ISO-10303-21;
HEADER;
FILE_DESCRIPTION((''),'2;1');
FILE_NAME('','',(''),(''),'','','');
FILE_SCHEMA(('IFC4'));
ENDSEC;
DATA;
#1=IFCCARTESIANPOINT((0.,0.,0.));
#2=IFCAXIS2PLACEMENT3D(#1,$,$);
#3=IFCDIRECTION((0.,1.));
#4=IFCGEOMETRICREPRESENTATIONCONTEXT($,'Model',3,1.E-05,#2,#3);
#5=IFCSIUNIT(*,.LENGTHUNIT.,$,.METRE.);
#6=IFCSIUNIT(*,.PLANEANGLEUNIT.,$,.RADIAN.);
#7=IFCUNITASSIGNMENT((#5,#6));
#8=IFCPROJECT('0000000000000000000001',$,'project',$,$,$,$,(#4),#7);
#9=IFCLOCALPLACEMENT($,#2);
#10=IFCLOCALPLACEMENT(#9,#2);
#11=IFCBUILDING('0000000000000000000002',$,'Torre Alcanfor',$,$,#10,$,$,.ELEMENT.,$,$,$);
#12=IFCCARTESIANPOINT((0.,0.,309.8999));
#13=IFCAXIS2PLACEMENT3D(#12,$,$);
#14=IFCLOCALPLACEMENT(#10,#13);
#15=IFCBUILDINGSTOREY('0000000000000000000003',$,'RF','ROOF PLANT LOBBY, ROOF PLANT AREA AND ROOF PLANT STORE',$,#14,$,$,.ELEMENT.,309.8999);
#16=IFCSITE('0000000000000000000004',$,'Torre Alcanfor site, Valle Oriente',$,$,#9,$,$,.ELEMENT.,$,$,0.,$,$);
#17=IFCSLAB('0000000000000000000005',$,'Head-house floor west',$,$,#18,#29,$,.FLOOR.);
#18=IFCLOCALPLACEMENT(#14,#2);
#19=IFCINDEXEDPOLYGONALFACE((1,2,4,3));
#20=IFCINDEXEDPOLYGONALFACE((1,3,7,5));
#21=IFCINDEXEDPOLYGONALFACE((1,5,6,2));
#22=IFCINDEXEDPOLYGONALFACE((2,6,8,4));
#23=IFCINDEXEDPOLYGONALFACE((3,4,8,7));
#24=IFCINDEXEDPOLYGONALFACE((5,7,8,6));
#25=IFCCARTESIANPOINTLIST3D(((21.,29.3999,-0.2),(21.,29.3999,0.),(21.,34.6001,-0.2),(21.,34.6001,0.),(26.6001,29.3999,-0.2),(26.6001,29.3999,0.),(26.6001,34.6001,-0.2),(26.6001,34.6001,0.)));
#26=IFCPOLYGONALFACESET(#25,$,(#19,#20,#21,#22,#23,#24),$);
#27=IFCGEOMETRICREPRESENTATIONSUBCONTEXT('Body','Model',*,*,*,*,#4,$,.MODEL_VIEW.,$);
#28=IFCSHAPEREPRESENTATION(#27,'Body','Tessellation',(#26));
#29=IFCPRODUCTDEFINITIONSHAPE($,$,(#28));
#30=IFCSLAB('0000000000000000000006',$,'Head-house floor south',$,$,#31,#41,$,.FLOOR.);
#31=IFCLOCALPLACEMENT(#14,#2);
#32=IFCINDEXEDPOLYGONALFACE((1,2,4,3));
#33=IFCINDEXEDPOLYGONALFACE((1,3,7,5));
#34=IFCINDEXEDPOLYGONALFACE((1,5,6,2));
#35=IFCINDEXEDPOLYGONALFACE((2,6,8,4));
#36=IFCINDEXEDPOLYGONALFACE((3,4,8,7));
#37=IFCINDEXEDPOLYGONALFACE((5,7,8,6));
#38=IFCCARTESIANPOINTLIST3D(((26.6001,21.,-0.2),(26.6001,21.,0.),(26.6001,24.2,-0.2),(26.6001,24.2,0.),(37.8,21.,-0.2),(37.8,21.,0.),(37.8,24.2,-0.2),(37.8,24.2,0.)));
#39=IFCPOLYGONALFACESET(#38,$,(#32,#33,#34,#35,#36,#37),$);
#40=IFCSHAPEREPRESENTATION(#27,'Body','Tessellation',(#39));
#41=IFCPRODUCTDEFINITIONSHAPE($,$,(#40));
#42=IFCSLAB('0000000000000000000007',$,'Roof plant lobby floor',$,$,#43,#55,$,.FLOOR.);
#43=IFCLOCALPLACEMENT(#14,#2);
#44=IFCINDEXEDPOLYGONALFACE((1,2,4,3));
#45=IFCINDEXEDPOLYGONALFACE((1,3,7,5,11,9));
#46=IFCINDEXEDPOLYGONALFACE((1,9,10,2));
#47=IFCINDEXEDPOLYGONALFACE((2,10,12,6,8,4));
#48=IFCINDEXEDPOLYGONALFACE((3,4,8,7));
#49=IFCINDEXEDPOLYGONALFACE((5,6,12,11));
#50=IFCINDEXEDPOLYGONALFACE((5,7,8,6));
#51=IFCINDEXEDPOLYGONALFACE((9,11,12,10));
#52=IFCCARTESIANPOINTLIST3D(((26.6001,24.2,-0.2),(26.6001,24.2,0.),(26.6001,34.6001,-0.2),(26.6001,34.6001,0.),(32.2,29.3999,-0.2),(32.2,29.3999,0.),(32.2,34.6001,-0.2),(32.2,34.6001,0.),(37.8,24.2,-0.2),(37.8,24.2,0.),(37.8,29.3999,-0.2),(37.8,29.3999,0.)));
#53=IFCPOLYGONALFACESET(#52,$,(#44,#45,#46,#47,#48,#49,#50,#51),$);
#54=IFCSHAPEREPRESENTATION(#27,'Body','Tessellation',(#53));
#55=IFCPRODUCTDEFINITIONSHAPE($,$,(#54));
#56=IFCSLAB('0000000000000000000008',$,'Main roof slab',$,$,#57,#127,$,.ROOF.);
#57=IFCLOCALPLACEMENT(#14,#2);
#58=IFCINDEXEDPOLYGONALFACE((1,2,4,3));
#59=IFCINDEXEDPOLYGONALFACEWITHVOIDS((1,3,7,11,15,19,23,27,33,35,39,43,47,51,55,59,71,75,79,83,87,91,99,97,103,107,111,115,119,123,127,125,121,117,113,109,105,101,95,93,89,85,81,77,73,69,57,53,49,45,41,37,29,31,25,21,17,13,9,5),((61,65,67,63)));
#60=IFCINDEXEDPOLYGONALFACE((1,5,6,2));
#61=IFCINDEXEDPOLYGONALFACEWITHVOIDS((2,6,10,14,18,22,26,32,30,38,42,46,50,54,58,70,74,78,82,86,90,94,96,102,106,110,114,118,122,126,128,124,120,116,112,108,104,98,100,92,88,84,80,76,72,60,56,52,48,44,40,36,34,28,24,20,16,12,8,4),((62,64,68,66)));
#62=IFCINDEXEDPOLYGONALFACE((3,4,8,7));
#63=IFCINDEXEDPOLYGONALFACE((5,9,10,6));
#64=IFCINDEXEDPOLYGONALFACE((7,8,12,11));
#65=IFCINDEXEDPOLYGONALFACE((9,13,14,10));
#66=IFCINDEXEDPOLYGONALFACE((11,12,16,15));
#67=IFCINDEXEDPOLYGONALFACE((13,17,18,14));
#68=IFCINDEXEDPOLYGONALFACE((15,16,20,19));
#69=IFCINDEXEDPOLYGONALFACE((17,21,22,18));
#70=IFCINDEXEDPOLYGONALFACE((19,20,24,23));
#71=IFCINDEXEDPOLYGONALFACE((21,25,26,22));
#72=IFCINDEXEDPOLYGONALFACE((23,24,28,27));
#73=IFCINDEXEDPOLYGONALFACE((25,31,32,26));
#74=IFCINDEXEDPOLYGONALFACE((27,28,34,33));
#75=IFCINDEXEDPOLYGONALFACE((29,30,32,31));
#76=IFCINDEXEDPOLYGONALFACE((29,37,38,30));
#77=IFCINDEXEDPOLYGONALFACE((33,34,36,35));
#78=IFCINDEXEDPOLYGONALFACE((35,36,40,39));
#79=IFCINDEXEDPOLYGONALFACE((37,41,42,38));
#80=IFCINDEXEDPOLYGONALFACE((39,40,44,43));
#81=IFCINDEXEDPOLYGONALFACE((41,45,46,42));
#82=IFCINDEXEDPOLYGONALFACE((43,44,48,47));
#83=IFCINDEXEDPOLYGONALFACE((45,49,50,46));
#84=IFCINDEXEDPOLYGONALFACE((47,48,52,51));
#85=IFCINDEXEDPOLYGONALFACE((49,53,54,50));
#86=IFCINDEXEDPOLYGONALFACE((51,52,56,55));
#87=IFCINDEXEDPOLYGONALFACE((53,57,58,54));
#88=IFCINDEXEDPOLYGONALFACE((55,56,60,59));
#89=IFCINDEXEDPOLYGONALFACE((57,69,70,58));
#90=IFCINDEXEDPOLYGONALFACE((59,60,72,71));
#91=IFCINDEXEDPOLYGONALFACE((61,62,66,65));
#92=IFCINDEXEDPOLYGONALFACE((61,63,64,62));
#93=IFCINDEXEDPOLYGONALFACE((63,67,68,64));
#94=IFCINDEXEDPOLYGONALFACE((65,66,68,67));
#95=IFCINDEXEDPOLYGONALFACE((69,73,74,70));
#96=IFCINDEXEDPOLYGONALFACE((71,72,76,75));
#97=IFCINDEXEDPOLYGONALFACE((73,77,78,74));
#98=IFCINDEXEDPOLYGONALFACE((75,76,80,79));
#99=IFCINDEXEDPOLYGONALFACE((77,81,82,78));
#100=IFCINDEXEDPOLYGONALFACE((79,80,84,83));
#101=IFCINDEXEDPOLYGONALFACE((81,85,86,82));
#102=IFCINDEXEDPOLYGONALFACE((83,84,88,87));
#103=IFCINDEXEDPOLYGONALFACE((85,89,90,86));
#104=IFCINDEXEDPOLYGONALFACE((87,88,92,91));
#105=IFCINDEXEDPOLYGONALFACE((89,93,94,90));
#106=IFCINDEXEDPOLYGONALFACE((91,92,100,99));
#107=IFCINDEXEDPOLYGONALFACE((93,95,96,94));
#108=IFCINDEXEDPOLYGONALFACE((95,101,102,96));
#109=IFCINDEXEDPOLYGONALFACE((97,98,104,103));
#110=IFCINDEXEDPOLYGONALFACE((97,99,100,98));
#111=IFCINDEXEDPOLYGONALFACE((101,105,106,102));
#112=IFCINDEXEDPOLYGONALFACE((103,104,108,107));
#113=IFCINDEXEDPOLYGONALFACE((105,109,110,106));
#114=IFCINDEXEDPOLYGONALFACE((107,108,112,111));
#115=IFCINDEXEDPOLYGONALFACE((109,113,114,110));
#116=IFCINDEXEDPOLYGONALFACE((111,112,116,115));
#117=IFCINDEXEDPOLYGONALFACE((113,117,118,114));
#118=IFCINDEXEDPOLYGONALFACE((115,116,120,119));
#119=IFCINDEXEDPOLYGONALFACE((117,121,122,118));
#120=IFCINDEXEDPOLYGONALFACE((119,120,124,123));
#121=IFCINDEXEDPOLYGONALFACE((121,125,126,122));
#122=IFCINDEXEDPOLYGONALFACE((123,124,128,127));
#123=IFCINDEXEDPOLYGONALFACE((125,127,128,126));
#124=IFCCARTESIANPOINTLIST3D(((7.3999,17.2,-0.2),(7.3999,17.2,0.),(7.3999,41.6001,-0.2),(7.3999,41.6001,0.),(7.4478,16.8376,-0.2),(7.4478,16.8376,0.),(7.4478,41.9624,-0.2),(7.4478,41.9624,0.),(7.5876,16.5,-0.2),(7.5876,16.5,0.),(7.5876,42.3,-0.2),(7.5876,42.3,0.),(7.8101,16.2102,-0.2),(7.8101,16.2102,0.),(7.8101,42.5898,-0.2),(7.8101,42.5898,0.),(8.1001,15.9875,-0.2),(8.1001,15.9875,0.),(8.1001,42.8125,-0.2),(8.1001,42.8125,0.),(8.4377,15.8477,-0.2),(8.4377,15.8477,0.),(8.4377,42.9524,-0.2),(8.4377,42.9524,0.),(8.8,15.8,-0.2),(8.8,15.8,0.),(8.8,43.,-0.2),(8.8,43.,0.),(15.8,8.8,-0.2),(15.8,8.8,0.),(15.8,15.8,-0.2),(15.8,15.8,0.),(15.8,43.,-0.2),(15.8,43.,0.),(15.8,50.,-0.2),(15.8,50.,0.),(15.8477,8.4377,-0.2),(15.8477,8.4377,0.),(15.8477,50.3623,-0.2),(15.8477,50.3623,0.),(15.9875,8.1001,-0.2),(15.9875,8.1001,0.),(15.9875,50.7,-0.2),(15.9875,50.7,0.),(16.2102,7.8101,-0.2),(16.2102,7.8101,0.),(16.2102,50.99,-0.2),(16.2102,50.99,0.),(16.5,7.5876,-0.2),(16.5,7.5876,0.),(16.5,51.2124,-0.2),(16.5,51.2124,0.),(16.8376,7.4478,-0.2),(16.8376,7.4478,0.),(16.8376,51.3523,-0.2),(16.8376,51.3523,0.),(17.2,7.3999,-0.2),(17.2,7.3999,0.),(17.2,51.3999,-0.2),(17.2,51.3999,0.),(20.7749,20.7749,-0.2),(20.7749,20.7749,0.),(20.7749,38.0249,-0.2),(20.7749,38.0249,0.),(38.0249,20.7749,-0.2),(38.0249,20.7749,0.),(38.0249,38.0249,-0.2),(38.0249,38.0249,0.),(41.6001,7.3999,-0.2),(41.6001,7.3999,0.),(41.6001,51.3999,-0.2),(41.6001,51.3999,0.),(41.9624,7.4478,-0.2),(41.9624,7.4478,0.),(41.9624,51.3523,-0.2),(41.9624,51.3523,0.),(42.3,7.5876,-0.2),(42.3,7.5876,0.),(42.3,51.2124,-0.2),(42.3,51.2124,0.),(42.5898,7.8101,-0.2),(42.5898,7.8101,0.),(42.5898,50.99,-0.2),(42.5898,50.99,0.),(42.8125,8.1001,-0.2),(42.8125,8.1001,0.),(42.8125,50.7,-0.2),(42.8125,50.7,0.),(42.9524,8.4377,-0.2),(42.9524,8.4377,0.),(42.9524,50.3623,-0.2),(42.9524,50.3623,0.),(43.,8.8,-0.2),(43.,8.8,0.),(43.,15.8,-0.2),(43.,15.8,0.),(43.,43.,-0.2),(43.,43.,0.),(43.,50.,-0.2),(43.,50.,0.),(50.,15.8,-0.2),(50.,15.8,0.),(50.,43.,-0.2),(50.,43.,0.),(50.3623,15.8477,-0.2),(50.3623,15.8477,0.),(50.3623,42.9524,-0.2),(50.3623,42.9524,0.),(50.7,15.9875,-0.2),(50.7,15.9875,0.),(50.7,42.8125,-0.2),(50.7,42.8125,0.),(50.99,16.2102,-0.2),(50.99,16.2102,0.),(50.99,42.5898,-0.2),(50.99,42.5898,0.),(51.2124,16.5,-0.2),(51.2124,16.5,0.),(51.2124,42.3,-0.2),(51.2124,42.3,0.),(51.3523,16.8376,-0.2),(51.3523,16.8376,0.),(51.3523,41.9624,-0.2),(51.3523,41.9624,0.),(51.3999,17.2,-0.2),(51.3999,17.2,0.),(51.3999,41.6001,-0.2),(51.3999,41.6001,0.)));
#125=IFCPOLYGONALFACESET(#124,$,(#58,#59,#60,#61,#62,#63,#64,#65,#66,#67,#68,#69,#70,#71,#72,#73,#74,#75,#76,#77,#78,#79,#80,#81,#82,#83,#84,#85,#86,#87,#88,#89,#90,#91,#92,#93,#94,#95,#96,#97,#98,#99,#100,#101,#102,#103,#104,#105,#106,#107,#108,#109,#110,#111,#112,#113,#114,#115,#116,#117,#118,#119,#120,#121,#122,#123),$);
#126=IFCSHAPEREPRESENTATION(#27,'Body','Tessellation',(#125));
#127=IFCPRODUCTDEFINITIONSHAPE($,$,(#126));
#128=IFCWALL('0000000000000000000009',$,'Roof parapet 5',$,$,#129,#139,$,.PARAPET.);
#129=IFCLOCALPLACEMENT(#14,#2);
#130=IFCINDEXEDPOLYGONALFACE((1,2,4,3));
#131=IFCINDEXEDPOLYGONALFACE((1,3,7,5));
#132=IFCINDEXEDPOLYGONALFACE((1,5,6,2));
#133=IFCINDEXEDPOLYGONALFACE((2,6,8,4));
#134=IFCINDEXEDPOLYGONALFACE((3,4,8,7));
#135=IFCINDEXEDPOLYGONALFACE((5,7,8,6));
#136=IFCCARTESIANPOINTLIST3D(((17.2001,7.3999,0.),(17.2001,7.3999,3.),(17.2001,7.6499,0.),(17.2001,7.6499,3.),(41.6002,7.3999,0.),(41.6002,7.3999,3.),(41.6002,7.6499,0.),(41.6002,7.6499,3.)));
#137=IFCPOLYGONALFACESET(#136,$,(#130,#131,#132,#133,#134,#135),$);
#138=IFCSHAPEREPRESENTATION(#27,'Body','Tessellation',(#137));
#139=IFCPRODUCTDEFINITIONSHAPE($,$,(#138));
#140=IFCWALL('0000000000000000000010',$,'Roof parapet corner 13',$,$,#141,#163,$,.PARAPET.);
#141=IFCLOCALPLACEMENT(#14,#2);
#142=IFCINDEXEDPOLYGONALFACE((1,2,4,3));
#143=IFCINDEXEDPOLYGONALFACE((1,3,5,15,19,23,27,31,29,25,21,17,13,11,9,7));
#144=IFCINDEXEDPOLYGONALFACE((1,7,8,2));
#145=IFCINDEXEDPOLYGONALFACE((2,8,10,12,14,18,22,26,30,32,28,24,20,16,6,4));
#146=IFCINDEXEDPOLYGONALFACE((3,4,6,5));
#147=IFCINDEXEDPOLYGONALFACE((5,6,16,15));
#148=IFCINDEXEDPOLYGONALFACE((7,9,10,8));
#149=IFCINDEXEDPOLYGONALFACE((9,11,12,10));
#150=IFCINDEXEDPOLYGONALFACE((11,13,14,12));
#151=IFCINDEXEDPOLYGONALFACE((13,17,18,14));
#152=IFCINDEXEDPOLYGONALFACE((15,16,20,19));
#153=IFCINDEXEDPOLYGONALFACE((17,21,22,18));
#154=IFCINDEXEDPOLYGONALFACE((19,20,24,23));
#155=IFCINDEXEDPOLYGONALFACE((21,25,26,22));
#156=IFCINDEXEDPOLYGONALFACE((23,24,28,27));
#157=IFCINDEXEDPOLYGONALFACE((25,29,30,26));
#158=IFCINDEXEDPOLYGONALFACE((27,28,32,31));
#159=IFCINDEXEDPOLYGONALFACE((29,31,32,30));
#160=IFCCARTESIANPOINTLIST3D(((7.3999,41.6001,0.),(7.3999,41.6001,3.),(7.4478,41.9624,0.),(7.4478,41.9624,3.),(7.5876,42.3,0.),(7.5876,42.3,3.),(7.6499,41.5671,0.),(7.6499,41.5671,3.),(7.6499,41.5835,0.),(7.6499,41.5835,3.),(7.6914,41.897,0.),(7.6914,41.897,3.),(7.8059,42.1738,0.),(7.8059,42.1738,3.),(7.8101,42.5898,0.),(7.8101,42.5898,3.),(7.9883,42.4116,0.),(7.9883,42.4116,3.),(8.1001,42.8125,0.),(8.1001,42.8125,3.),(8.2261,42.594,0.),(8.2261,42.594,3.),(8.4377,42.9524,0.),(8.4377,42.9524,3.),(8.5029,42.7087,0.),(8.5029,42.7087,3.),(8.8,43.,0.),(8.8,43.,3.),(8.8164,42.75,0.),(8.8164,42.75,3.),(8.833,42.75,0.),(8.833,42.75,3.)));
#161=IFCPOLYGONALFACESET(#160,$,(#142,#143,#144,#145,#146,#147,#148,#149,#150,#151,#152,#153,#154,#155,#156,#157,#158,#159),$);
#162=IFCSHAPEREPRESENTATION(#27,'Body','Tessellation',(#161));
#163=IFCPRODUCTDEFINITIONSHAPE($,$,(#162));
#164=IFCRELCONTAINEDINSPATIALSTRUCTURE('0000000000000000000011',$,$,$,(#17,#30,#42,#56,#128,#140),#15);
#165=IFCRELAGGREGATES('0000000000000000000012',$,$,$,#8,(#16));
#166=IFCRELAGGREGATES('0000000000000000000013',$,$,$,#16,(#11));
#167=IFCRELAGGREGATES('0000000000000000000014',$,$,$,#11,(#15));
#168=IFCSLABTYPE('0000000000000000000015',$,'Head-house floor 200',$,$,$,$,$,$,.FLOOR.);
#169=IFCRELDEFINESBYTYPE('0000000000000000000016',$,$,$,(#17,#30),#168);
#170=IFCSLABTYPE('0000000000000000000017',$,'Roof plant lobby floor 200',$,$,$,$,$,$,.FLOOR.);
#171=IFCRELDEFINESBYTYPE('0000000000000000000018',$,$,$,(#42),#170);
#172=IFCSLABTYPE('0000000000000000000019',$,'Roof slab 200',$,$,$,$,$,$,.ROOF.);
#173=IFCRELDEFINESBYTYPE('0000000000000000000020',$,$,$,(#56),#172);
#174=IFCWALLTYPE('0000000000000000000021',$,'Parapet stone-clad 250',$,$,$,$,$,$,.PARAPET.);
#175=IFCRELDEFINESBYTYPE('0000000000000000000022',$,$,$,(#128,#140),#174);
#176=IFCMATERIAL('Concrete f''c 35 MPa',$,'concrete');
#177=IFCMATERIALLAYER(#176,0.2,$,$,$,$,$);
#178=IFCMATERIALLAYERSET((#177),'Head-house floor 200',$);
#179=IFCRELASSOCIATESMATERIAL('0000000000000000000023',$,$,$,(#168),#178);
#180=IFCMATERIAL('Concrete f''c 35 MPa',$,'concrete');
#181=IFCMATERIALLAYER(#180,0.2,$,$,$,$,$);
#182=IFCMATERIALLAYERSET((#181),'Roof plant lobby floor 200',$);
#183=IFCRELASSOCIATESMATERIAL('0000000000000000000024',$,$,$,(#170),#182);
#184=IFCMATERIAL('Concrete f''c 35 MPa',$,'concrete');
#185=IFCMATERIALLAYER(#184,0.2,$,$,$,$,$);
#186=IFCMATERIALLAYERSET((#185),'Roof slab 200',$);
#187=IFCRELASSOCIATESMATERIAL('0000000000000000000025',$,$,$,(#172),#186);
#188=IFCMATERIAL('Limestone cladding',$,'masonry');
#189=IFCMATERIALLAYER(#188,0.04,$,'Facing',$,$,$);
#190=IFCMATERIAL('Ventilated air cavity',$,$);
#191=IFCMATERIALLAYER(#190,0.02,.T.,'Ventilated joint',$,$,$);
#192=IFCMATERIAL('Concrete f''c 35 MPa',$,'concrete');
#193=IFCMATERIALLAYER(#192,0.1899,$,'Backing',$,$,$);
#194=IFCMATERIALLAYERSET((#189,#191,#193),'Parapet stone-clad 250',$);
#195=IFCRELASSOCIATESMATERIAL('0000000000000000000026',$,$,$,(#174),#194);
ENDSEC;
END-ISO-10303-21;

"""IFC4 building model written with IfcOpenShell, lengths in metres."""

from ifc_helpers import new_model, si_unit, direction, frame, frame_2d, origin, place, context, subcontext, project, spatial, polyline, rectangle, outline, extrude, material, layer, layer_set, type_object, element, save


model = new_model("IFC4")

# Units and contexts
model_context = context("Model", 3, precision=1e-05, world=origin(), true_north=direction((0.0, 1.0)))
body_context = subcontext(model_context, "Body", "Model", "MODEL_VIEW")
ifc_project = project(units=[si_unit("LENGTHUNIT", "METRE"), si_unit("PLANEANGLEUNIT", "RADIAN")], contexts=[model_context])

# Site, building, storey
site_placement = place(None, origin())
site = spatial("IfcSite", under=ifc_project, at=site_placement, Name="Torre Alcanfor site, Valle Oriente", CompositionType="ELEMENT", RefElevation=0.0)
building_placement = place(site_placement, origin())
building = spatial("IfcBuilding", under=site, at=building_placement, Name="Torre Alcanfor", CompositionType="ELEMENT")
storey_placement = place(building_placement, frame((0.0, 0.0, 309.8999)))
storey = spatial("IfcBuildingStorey", under=building, at=storey_placement, Name="RF", Description="ROOF PLANT LOBBY, ROOF PLANT AREA AND ROOF PLANT STORE", CompositionType="ELEMENT", Elevation=309.8999)

# Slabs
ifc_material_1 = material(Name="Concrete f'c 35 MPa", Category="concrete")
ifc_layer_1 = layer(ifc_material_1, 0.2)
ifc_layer_set_1 = layer_set([ifc_layer_1], Name="Head-house floor 200")
slab_type_1 = type_object("IfcSlabType", Name="Head-house floor 200", PredefinedType="FLOOR", material=ifc_layer_set_1)
slab_1_placement = place(storey_placement, frame((0.0, 0.0, -0.2)))
element("IfcSlab", 1, at=slab_1_placement, inside=storey, type_object=slab_type_1, Name="Head-house floor west", PredefinedType="FLOOR", context=body_context, shape_type="SweptSolid", body=[
    extrude(outline(polyline([(21.0, 29.3999), (26.6001, 29.3999), (26.6001, 34.6001), (21.0, 34.6001), (21.0, 29.3999)])), origin(), (0.0, 0.0, 1.0), 0.2),
])
slab_2_placement = place(storey_placement, frame((0.0, 0.0, -0.2)))
element("IfcSlab", 2, at=slab_2_placement, inside=storey, type_object=slab_type_1, Name="Head-house floor south", PredefinedType="FLOOR", context=body_context, shape_type="SweptSolid", body=[
    extrude(outline(polyline([(26.6001, 21.0), (37.8, 21.0), (37.8, 24.2), (26.6001, 24.2), (26.6001, 21.0)])), origin(), (0.0, 0.0, 1.0), 0.2),
])
ifc_material_2 = material(Name="Concrete f'c 35 MPa", Category="concrete")
ifc_layer_2 = layer(ifc_material_2, 0.2)
ifc_layer_set_2 = layer_set([ifc_layer_2], Name="Roof plant lobby floor 200")
slab_type_2 = type_object("IfcSlabType", Name="Roof plant lobby floor 200", PredefinedType="FLOOR", material=ifc_layer_set_2)
slab_3_placement = place(storey_placement, frame((0.0, 0.0, -0.2)))
element("IfcSlab", 3, at=slab_3_placement, inside=storey, type_object=slab_type_2, Name="Roof plant lobby floor", PredefinedType="FLOOR", context=body_context, shape_type="SweptSolid", body=[
    extrude(outline(polyline([(37.8, 29.3999), (37.8, 24.2), (26.6001, 24.2), (26.6001, 34.6001), (32.2, 34.6001), (32.2, 29.3999), (37.8, 29.3999)])), origin(), (0.0, 0.0, 1.0), 0.2),
])
ifc_material_3 = material(Name="Concrete f'c 35 MPa", Category="concrete")
ifc_layer_3 = layer(ifc_material_3, 0.2)
ifc_layer_set_3 = layer_set([ifc_layer_3], Name="Roof slab 200")
slab_type_3 = type_object("IfcSlabType", Name="Roof slab 200", PredefinedType="ROOF", material=ifc_layer_set_3)
slab_4_placement = place(storey_placement, frame((0.0, 0.0, -0.2)))
element("IfcSlab", 4, at=slab_4_placement, inside=storey, type_object=slab_type_3, Name="Main roof slab", PredefinedType="ROOF", context=body_context, shape_type="SweptSolid", body=[
    extrude(outline(polyline([(15.8, 43.0), (8.8, 43.0), (8.4377, 42.9524), (8.1001, 42.8125), (7.8101, 42.5898), (7.5876, 42.3), (7.4478, 41.9624), (7.3999, 41.6001), (7.3999, 17.2), (7.4478, 16.8376), (7.5876, 16.5), (7.8101, 16.2102), (8.1001, 15.9875), (8.4377, 15.8477), (8.8, 15.8), (15.8, 15.8), (15.8, 8.8), (15.8477, 8.4377), (15.9875, 8.1001), (16.2102, 7.8101), (16.5, 7.5876), (16.8376, 7.4478), (17.2, 7.3999), (41.6001, 7.3999), (41.9624, 7.4478), (42.3, 7.5876), (42.5898, 7.8101), (42.8125, 8.1001), (42.9524, 8.4377), (43.0, 8.8), (43.0, 15.8), (50.0, 15.8), (50.3623, 15.8477), (50.7, 15.9875), (50.99, 16.2102), (51.2124, 16.5), (51.3523, 16.8376), (51.3999, 17.2), (51.3999, 41.6001), (51.3523, 41.9624), (51.2124, 42.3), (50.99, 42.5898), (50.7, 42.8125), (50.3623, 42.9524), (50.0, 43.0), (43.0, 43.0), (43.0, 50.0), (42.9524, 50.3623), (42.8125, 50.7), (42.5898, 50.99), (42.3, 51.2124), (41.9624, 51.3523), (41.6001, 51.3999), (17.2, 51.3999), (16.8376, 51.3523), (16.5, 51.2124), (16.2102, 50.99), (15.9875, 50.7), (15.8477, 50.3623), (15.8, 50.0), (15.8, 43.0)]), holes=[polyline([(20.7749, 20.7749), (38.0249, 20.7749), (38.0249, 38.0249), (20.7749, 38.0249), (20.7749, 20.7749)])]), origin(), (0.0, 0.0, 1.0), 0.2),
])

# Walls
ifc_material_4 = material(Name="Limestone cladding", Category="masonry")
ifc_layer_4 = layer(ifc_material_4, 0.04, Name="Facing")
ifc_material_5 = material(Name="Ventilated air cavity")
ifc_layer_5 = layer(ifc_material_5, 0.02, ventilated=True, Name="Ventilated joint")
ifc_material_6 = material(Name="Concrete f'c 35 MPa", Category="concrete")
ifc_layer_6 = layer(ifc_material_6, 0.1899, Name="Backing")
ifc_layer_set_4 = layer_set([ifc_layer_4, ifc_layer_5, ifc_layer_6], Name="Parapet stone-clad 250")
wall_type = type_object("IfcWallType", Name="Parapet stone-clad 250", PredefinedType="PARAPET", material=ifc_layer_set_4)
wall_1_placement = place(storey_placement, frame((17.2, 7.5249, 0.0), z_axis=(0.0, 0.0, 1.0), x_axis=(1.0, 0.0, 0.0)))
element("IfcWall", 5, at=wall_1_placement, inside=storey, type_object=wall_type, Name="Roof parapet 5", PredefinedType="PARAPET", context=body_context, shape_type="SweptSolid", body=[
    extrude(rectangle(XDim=24.4001, YDim=0.25, at=frame_2d((12.2002, 0.0))), origin(), (0.0, 0.0, 1.0), 3.0),
])
wall_2_placement = place(storey_placement, origin())
element("IfcWall", 6, at=wall_2_placement, inside=storey, type_object=wall_type, Name="Roof parapet corner 13", PredefinedType="PARAPET", context=body_context, shape_type="SweptSolid", body=[
    extrude(outline(polyline([(7.3999, 41.6001), (7.6499, 41.5671), (7.6499, 41.5835), (7.6914, 41.897), (7.8059, 42.1738), (7.9883, 42.4116), (8.2261, 42.594), (8.5029, 42.7087), (8.8164, 42.75), (8.833, 42.75), (8.8, 43.0), (8.4377, 42.9524), (8.1001, 42.8125), (7.8101, 42.5898), (7.5876, 42.3), (7.4478, 41.9624), (7.3999, 41.6001)])), origin(), (0.0, 0.0, 1.0), 3.0),
])

save(model, "model.ifc")
